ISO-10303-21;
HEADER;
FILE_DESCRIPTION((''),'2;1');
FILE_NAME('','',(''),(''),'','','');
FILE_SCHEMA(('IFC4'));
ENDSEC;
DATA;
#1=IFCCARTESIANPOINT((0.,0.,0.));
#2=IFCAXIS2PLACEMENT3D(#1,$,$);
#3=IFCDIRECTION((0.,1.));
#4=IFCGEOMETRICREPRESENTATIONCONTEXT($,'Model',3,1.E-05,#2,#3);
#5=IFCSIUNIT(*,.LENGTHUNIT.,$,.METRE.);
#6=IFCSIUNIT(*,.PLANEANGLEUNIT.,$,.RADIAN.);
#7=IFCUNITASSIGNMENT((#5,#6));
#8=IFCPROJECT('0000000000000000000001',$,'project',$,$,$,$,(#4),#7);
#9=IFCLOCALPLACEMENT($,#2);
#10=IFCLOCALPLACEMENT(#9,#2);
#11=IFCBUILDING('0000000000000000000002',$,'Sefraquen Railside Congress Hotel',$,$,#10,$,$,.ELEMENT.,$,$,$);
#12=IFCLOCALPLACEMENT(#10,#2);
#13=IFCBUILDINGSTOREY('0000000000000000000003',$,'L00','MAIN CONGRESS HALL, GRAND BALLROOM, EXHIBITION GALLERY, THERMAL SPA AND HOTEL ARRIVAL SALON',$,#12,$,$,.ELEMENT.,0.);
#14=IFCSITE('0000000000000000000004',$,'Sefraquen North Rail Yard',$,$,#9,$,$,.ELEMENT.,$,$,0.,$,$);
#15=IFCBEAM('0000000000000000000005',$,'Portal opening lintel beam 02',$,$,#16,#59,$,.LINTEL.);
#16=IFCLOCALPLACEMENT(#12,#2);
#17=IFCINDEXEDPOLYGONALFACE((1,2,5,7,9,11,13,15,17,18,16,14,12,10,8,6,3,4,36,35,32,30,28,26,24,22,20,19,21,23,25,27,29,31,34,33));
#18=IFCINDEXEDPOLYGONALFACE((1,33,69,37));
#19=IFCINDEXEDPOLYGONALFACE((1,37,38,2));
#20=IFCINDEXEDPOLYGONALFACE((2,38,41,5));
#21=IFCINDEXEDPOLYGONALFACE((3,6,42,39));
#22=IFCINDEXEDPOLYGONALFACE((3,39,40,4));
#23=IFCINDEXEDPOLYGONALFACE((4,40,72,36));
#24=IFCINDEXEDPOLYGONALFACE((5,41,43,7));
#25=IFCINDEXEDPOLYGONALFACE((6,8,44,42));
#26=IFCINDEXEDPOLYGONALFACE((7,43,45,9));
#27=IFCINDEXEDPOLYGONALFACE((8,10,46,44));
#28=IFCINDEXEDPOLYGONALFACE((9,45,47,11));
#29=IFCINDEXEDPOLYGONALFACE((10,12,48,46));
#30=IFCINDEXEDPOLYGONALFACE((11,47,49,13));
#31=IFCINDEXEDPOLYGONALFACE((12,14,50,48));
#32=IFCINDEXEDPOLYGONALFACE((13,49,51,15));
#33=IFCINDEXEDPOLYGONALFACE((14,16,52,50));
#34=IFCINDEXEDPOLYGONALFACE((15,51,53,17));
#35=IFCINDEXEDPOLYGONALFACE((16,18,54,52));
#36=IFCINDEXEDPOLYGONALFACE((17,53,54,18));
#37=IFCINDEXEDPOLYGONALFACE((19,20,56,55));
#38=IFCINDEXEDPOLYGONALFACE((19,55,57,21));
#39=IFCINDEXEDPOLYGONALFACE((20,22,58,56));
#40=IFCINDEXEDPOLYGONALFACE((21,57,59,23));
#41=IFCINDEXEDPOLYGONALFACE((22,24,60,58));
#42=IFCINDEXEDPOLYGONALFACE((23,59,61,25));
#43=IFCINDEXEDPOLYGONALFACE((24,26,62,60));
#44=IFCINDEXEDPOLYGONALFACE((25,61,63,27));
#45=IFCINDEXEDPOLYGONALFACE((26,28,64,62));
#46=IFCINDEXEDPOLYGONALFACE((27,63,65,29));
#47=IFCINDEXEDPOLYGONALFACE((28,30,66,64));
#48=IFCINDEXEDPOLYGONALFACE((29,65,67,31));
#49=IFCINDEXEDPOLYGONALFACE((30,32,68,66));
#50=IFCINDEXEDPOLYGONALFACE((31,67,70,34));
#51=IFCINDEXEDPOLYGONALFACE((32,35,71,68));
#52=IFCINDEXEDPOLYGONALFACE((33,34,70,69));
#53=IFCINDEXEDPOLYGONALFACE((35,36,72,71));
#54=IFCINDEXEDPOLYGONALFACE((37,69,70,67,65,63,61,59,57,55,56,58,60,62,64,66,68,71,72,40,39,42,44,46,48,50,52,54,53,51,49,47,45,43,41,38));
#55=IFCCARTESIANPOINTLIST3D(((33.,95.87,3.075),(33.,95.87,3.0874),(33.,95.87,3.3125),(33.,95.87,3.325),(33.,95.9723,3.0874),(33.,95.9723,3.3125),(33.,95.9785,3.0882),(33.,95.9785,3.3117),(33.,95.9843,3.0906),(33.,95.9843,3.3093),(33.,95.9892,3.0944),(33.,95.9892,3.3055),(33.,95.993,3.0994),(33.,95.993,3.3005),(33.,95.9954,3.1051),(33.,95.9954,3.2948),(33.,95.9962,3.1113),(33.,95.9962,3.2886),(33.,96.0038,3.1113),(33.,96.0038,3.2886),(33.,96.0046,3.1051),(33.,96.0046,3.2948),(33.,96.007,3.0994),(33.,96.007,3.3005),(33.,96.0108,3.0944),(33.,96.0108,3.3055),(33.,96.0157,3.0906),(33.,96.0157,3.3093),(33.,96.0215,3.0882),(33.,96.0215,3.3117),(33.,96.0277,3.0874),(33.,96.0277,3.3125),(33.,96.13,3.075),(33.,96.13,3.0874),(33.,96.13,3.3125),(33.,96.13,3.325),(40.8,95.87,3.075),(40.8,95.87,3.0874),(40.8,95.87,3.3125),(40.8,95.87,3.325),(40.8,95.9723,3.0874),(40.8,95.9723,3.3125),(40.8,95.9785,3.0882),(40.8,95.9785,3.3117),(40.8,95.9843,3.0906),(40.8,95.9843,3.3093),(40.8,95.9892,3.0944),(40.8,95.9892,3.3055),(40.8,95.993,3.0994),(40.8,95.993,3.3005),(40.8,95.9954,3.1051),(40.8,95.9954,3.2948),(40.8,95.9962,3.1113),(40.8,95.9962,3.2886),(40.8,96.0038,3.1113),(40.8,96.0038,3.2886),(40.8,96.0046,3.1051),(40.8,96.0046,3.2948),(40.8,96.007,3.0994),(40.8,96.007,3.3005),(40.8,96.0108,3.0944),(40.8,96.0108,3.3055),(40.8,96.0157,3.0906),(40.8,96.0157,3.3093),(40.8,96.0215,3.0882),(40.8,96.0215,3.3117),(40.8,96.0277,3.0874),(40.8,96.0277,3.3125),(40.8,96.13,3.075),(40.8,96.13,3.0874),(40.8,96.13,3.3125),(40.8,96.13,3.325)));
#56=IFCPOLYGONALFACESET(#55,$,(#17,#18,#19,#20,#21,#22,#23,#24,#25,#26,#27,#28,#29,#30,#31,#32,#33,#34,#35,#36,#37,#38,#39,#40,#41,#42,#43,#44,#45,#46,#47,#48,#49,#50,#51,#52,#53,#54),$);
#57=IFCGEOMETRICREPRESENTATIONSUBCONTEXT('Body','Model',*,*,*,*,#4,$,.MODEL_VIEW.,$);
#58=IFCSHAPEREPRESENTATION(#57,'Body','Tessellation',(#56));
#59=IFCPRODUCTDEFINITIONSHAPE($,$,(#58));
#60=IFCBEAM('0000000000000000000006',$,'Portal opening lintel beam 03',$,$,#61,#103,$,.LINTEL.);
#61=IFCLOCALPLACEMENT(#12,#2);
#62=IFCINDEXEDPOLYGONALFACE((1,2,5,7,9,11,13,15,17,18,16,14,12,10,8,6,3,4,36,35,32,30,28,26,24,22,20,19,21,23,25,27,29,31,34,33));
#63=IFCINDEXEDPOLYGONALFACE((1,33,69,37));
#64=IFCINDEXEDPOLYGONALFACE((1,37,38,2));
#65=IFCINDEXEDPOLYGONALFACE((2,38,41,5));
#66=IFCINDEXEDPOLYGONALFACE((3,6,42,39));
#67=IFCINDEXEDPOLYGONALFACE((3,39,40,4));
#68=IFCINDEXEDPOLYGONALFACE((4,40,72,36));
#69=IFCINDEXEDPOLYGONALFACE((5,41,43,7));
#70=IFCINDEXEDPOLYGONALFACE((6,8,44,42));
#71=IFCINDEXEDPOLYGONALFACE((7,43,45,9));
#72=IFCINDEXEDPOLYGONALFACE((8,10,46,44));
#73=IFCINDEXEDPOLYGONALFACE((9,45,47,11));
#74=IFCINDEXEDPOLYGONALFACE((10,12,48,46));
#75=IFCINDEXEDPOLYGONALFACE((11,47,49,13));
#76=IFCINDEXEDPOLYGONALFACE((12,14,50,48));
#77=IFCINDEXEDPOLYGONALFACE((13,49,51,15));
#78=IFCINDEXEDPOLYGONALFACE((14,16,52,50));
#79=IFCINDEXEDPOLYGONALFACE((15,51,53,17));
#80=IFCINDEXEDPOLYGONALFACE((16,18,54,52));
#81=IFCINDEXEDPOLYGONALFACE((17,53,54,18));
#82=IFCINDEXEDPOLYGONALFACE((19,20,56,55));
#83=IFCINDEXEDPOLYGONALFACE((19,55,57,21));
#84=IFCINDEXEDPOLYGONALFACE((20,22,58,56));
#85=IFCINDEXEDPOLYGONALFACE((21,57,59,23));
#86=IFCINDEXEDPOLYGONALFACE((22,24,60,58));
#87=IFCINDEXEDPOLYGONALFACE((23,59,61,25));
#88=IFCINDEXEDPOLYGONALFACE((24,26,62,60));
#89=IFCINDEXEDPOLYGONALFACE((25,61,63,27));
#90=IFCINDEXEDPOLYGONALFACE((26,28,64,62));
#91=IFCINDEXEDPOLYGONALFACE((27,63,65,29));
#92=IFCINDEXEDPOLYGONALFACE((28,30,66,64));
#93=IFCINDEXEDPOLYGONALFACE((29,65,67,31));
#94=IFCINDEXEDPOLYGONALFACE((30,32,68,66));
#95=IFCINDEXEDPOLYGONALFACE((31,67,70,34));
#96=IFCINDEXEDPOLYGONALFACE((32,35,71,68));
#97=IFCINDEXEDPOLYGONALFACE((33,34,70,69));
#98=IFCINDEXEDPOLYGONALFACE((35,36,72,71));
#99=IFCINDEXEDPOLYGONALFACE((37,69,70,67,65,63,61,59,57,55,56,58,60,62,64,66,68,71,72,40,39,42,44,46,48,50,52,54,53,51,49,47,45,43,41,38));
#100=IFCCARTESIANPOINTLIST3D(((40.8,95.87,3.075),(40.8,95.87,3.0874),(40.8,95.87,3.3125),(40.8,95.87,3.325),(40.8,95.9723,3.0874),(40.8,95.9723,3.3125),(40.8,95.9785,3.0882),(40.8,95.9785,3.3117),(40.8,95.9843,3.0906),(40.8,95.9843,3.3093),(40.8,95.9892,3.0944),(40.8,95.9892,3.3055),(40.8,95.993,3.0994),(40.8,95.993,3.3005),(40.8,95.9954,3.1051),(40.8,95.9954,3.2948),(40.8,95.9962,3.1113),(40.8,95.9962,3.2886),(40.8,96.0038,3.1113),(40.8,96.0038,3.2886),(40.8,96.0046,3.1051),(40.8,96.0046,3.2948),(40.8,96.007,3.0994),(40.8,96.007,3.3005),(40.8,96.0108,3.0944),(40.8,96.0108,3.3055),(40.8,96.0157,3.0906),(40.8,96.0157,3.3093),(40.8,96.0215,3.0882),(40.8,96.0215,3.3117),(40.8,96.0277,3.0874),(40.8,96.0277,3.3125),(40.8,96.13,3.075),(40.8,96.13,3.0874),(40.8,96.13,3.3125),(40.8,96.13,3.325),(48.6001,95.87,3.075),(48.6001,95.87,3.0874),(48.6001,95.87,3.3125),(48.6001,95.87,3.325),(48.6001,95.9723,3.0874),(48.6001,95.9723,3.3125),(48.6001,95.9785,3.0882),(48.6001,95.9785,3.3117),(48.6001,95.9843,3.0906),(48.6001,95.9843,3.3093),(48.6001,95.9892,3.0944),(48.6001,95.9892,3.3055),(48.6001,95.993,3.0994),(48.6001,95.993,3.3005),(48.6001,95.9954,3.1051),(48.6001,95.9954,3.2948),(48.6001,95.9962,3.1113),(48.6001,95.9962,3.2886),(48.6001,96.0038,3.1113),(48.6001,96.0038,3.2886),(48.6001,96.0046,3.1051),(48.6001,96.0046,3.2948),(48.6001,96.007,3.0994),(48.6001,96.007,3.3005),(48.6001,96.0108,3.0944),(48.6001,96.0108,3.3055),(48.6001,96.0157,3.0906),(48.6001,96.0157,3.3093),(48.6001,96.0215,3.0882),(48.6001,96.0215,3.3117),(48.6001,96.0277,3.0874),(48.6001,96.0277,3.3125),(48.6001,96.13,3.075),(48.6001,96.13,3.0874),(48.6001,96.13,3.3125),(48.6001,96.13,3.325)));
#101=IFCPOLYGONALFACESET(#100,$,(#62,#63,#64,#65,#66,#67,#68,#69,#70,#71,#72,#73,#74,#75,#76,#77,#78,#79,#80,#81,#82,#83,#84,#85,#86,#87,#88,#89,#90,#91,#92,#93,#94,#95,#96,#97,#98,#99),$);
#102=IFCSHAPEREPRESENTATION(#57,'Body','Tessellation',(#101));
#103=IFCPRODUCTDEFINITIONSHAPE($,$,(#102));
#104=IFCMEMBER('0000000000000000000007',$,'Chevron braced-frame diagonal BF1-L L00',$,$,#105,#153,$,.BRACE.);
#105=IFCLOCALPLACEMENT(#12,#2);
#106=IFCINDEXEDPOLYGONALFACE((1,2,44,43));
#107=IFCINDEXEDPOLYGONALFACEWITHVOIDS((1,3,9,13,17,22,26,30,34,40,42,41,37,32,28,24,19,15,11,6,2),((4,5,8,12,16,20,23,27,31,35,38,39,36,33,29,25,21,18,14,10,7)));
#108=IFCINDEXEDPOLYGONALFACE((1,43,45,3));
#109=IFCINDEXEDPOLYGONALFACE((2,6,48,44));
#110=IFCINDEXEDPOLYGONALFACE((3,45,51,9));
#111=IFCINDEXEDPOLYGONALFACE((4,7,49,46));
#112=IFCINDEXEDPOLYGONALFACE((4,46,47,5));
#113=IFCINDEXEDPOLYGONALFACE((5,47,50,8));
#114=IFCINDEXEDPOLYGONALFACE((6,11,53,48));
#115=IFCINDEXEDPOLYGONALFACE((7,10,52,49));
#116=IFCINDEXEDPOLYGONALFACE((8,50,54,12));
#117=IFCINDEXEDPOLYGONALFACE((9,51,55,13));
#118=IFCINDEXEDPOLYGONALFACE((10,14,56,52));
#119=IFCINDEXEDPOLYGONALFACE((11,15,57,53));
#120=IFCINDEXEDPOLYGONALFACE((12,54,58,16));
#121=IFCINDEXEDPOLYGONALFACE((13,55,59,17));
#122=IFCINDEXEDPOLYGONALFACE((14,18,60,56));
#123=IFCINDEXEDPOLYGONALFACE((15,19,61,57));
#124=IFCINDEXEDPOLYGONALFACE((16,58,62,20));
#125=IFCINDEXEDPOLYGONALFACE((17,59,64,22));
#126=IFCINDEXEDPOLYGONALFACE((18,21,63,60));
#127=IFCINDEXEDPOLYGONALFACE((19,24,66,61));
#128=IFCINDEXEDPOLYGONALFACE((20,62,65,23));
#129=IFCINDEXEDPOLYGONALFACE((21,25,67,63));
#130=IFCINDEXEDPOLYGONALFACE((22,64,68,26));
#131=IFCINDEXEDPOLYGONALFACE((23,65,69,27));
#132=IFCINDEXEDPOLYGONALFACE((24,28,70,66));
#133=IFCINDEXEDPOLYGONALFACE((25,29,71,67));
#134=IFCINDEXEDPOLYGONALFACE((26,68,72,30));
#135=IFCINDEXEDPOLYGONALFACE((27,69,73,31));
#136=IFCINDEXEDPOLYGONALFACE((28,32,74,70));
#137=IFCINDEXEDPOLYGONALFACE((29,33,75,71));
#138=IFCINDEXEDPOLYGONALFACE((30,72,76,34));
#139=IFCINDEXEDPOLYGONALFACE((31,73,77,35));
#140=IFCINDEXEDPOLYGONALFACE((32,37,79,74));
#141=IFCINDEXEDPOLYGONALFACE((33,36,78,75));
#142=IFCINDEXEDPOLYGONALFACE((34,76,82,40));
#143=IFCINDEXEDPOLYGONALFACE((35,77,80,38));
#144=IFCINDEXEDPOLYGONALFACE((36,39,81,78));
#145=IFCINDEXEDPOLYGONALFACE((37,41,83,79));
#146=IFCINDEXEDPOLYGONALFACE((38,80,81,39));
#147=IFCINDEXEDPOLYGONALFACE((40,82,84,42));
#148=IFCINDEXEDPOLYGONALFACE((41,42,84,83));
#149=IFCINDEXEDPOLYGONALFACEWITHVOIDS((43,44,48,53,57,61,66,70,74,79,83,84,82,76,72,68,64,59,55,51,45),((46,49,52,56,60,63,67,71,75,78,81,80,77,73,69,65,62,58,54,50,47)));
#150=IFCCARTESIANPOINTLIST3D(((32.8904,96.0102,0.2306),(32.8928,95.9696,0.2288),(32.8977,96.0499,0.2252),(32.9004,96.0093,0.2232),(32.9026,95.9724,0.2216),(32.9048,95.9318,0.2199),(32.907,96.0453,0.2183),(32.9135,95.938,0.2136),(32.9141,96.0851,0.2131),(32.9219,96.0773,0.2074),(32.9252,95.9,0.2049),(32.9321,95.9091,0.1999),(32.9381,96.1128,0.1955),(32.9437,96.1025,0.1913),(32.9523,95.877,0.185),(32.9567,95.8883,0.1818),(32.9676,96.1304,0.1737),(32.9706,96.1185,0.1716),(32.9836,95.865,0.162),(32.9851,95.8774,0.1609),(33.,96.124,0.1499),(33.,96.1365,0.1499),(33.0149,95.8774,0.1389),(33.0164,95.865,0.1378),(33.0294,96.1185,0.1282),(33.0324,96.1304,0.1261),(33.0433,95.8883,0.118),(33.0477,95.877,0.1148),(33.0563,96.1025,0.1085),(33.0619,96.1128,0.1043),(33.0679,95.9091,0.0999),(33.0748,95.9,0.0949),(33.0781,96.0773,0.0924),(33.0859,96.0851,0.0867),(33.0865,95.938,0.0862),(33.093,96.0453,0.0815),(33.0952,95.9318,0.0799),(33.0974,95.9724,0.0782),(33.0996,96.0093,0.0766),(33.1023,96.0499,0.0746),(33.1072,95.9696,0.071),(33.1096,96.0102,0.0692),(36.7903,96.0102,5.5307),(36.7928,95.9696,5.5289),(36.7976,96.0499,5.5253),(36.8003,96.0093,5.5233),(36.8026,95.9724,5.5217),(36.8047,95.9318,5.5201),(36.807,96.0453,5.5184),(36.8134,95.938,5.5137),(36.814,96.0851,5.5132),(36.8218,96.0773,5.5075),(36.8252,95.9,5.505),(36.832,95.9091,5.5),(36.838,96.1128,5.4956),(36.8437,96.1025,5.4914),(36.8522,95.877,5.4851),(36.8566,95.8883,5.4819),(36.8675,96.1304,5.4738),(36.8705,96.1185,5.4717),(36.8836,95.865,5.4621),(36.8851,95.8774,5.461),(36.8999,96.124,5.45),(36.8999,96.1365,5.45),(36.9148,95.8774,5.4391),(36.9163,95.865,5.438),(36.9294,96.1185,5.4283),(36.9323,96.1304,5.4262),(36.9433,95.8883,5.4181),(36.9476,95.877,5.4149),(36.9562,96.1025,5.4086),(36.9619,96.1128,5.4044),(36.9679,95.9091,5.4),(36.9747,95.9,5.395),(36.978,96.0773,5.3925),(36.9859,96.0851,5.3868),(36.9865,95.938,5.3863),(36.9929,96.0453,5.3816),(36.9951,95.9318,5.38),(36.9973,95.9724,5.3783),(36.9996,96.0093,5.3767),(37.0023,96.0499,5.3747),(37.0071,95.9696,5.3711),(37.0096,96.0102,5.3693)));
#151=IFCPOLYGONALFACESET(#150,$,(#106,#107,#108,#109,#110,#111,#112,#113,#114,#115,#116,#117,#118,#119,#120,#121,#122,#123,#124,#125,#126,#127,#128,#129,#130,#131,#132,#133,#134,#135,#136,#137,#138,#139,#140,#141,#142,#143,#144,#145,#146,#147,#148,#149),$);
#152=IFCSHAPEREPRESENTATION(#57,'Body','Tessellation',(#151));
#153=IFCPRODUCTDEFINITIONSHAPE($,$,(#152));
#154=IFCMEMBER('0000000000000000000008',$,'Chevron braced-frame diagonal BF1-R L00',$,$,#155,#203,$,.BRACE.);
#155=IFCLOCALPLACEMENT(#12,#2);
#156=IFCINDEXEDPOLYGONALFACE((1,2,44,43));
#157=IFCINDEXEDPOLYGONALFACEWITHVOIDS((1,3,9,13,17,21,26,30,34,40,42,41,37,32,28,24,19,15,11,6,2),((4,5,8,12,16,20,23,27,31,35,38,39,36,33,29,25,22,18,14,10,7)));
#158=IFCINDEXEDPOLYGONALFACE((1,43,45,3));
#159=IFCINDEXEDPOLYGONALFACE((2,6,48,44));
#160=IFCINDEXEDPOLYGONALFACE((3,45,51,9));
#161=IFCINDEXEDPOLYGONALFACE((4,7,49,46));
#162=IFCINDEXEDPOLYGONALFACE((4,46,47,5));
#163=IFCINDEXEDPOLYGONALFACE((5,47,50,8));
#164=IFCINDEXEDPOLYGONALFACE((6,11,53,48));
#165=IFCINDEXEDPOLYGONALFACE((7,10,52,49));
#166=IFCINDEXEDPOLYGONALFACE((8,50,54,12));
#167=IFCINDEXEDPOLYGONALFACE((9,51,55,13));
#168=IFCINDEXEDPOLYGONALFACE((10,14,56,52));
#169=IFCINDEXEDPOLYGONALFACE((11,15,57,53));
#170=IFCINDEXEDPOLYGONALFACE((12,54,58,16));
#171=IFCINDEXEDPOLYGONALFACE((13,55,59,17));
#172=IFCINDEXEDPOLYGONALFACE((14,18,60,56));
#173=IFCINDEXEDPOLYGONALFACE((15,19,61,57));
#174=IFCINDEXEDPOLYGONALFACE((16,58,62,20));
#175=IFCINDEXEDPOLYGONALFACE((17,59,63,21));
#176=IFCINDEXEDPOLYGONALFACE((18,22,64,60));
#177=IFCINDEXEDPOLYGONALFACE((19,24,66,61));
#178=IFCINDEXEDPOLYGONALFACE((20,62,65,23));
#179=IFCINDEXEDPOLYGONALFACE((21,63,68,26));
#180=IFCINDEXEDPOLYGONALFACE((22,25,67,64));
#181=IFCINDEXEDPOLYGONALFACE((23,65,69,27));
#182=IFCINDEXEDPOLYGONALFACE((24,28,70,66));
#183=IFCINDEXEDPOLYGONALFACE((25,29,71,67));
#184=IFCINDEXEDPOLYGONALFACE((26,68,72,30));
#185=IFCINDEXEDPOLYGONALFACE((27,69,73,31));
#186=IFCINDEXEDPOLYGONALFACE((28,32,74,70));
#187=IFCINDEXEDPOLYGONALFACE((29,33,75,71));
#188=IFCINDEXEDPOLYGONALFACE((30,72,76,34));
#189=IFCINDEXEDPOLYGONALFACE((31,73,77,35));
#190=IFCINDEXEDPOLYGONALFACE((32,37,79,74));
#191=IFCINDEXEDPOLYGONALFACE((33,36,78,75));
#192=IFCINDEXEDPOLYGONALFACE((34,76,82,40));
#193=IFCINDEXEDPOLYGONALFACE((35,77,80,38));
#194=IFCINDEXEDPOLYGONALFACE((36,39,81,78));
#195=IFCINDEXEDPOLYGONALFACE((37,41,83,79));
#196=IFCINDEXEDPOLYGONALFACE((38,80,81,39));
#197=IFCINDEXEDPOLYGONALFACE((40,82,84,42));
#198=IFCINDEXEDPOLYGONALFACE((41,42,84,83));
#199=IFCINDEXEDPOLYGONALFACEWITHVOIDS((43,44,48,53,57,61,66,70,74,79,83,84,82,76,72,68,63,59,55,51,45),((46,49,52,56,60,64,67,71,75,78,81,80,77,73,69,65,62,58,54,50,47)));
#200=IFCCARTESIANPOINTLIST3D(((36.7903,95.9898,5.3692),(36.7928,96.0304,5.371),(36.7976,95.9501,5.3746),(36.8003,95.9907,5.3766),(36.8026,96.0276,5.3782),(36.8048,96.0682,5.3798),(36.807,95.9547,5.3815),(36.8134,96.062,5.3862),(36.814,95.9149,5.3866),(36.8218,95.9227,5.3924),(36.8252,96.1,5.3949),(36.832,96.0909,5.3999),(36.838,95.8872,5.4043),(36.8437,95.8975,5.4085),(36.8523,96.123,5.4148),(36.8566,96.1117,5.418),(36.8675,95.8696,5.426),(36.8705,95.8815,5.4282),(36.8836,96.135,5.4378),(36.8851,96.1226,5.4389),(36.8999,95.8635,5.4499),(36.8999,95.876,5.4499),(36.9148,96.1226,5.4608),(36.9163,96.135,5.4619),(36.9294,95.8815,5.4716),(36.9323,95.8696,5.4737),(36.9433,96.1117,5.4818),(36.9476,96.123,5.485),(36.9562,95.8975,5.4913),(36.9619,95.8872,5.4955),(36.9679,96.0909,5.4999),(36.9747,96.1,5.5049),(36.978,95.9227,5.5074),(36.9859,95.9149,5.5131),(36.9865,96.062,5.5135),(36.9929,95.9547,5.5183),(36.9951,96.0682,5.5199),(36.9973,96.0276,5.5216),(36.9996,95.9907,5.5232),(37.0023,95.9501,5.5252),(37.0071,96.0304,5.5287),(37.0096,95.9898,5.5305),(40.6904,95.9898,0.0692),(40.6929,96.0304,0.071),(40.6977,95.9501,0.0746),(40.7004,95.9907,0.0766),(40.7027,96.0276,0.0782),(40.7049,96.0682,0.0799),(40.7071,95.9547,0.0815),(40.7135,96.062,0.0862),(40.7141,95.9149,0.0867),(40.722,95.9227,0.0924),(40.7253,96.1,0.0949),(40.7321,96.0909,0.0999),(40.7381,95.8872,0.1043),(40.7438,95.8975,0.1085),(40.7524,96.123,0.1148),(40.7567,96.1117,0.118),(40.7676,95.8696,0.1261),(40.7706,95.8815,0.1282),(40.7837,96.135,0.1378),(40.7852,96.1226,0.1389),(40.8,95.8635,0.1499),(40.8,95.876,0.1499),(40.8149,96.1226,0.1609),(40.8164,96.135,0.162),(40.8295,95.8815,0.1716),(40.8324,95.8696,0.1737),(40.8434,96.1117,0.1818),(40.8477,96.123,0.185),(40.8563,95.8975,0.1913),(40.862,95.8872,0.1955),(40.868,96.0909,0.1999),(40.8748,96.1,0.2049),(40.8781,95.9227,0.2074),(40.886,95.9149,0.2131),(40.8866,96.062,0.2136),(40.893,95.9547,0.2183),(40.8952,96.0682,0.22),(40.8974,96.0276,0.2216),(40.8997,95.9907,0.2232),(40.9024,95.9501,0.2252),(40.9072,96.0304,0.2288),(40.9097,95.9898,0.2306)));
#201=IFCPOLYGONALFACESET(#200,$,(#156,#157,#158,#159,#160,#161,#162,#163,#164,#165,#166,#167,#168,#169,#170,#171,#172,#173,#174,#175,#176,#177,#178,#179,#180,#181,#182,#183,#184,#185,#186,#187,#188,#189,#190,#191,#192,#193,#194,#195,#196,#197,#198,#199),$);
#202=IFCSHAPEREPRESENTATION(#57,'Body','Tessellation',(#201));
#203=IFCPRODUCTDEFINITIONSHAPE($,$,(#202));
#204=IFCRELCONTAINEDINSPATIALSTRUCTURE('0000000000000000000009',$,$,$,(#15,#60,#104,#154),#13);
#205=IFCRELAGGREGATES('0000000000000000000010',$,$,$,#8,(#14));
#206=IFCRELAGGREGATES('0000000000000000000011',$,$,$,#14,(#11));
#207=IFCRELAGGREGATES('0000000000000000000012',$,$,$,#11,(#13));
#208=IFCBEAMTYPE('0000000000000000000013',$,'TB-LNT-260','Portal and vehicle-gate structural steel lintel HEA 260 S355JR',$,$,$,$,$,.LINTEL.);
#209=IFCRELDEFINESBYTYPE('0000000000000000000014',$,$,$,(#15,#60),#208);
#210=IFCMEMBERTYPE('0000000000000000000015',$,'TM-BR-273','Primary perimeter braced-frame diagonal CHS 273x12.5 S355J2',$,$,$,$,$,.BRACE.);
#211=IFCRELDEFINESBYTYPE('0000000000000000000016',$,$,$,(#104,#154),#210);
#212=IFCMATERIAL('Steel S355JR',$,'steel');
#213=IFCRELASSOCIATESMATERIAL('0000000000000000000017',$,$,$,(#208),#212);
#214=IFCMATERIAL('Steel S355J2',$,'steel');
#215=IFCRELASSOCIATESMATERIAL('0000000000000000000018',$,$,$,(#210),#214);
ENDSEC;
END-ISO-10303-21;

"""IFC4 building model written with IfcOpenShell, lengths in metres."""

from ifc_helpers import new_model, si_unit, direction, frame, origin, origin_2d, place, context, subcontext, project, spatial, hollow_circle, i_section, extrude, material, material_profile, profile_set, type_object, element, save


model = new_model("IFC4")

# Units and contexts
model_context = context("Model", 3, precision=1e-05, world=origin(), true_north=direction((0.0, 1.0)))
body_context = subcontext(model_context, "Body", "Model", "MODEL_VIEW")
ifc_project = project(units=[si_unit("LENGTHUNIT", "METRE"), si_unit("PLANEANGLEUNIT", "RADIAN")], contexts=[model_context])

# Site, building, storey
site_placement = place(None, origin())
site = spatial("IfcSite", under=ifc_project, at=site_placement, Name="Sefraquen North Rail Yard", CompositionType="ELEMENT", RefElevation=0.0)
building_placement = place(site_placement, origin())
building = spatial("IfcBuilding", under=site, at=building_placement, Name="Sefraquen Railside Congress Hotel", CompositionType="ELEMENT")
storey_placement = place(building_placement, origin())
storey = spatial("IfcBuildingStorey", under=building, at=storey_placement, Name="L00", Description="MAIN CONGRESS HALL, GRAND BALLROOM, EXHIBITION GALLERY, THERMAL SPA AND HOTEL ARRIVAL SALON", CompositionType="ELEMENT", Elevation=0.0)

# Shared definitions
ifc_material_1 = material(Name="Steel S355J2", Category="steel")
ifc_material_2 = material(Name="Steel S355JR", Category="steel")

# Beams
ifc_material_profile_1 = material_profile(ifc_material_2, i_section(OverallWidth=0.26, OverallDepth=0.25, WebThickness=0.0076, FlangeThickness=0.0125, FilletRadius=0.0239, at=origin_2d()), Name="HEA 260")
ifc_profile_set_1 = profile_set([ifc_material_profile_1], Name="Steel S355JR")
beam_type_1 = type_object("IfcBeamType", Name="TB-LNT-260", Description="Portal and vehicle-gate structural steel lintel HEA 260 S355JR", PredefinedType="LINTEL", material=ifc_profile_set_1)
for number, where, z_axis, x_axis, name in (
    (1, (33.0, 96.0, 3.2), (1.0, 0.0, 0.0), (0.0, 1.0, 0.0), "Portal opening lintel beam 02"),
    (2, (40.8, 96.0, 3.2), (1.0, 0.0, 0.0), (0.0, 1.0, 0.0), "Portal opening lintel beam 03"),
):
    element("IfcBeam", number, at=place(storey_placement, frame(where, z_axis=z_axis, x_axis=x_axis)), inside=storey, type_object=beam_type_1, Name=name, PredefinedType="LINTEL", context=body_context, shape_type="SweptSolid", body=[
        extrude(i_section(OverallWidth=0.26, OverallDepth=0.25, WebThickness=0.0076, FlangeThickness=0.0125, FilletRadius=0.0239, at=origin_2d()), origin(), (0.0, 0.0, 1.0), 7.8),
    ])

# Members
ifc_material_profile_2 = material_profile(ifc_material_1, hollow_circle(Radius=0.1365, WallThickness=0.0125, at=origin_2d()), Name="CHS 273x12.5")
ifc_profile_set_2 = profile_set([ifc_material_profile_2], Name="Steel S355J2")
member_type = type_object("IfcMemberType", Name="TM-BR-273", Description="Primary perimeter braced-frame diagonal CHS 273x12.5 S355J2", PredefinedType="BRACE", material=ifc_profile_set_2)
for number, where, z_axis, x_axis, name in (
    (3, (33.0, 96.0, 0.1499), (0.592667, 0.0, 0.805447), (0.0, 1.0, 0.0), "Chevron braced-frame diagonal BF1-L L00"),
    (4, (40.8, 96.0, 0.1499), (-0.592691, 0.0, 0.80543), (0.0, -1.0, 0.0), "Chevron braced-frame diagonal BF1-R L00"),
):
    element("IfcMember", number, at=place(storey_placement, frame(where, z_axis=z_axis, x_axis=x_axis)), inside=storey, type_object=member_type, Name=name, PredefinedType="BRACE", context=body_context, shape_type="SweptSolid", body=[
        extrude(hollow_circle(Radius=0.1365, WallThickness=0.0125, at=origin_2d()), origin(), (0.0, 0.0, 1.0), 6.5803),
    ])

save(model, "model.ifc")
